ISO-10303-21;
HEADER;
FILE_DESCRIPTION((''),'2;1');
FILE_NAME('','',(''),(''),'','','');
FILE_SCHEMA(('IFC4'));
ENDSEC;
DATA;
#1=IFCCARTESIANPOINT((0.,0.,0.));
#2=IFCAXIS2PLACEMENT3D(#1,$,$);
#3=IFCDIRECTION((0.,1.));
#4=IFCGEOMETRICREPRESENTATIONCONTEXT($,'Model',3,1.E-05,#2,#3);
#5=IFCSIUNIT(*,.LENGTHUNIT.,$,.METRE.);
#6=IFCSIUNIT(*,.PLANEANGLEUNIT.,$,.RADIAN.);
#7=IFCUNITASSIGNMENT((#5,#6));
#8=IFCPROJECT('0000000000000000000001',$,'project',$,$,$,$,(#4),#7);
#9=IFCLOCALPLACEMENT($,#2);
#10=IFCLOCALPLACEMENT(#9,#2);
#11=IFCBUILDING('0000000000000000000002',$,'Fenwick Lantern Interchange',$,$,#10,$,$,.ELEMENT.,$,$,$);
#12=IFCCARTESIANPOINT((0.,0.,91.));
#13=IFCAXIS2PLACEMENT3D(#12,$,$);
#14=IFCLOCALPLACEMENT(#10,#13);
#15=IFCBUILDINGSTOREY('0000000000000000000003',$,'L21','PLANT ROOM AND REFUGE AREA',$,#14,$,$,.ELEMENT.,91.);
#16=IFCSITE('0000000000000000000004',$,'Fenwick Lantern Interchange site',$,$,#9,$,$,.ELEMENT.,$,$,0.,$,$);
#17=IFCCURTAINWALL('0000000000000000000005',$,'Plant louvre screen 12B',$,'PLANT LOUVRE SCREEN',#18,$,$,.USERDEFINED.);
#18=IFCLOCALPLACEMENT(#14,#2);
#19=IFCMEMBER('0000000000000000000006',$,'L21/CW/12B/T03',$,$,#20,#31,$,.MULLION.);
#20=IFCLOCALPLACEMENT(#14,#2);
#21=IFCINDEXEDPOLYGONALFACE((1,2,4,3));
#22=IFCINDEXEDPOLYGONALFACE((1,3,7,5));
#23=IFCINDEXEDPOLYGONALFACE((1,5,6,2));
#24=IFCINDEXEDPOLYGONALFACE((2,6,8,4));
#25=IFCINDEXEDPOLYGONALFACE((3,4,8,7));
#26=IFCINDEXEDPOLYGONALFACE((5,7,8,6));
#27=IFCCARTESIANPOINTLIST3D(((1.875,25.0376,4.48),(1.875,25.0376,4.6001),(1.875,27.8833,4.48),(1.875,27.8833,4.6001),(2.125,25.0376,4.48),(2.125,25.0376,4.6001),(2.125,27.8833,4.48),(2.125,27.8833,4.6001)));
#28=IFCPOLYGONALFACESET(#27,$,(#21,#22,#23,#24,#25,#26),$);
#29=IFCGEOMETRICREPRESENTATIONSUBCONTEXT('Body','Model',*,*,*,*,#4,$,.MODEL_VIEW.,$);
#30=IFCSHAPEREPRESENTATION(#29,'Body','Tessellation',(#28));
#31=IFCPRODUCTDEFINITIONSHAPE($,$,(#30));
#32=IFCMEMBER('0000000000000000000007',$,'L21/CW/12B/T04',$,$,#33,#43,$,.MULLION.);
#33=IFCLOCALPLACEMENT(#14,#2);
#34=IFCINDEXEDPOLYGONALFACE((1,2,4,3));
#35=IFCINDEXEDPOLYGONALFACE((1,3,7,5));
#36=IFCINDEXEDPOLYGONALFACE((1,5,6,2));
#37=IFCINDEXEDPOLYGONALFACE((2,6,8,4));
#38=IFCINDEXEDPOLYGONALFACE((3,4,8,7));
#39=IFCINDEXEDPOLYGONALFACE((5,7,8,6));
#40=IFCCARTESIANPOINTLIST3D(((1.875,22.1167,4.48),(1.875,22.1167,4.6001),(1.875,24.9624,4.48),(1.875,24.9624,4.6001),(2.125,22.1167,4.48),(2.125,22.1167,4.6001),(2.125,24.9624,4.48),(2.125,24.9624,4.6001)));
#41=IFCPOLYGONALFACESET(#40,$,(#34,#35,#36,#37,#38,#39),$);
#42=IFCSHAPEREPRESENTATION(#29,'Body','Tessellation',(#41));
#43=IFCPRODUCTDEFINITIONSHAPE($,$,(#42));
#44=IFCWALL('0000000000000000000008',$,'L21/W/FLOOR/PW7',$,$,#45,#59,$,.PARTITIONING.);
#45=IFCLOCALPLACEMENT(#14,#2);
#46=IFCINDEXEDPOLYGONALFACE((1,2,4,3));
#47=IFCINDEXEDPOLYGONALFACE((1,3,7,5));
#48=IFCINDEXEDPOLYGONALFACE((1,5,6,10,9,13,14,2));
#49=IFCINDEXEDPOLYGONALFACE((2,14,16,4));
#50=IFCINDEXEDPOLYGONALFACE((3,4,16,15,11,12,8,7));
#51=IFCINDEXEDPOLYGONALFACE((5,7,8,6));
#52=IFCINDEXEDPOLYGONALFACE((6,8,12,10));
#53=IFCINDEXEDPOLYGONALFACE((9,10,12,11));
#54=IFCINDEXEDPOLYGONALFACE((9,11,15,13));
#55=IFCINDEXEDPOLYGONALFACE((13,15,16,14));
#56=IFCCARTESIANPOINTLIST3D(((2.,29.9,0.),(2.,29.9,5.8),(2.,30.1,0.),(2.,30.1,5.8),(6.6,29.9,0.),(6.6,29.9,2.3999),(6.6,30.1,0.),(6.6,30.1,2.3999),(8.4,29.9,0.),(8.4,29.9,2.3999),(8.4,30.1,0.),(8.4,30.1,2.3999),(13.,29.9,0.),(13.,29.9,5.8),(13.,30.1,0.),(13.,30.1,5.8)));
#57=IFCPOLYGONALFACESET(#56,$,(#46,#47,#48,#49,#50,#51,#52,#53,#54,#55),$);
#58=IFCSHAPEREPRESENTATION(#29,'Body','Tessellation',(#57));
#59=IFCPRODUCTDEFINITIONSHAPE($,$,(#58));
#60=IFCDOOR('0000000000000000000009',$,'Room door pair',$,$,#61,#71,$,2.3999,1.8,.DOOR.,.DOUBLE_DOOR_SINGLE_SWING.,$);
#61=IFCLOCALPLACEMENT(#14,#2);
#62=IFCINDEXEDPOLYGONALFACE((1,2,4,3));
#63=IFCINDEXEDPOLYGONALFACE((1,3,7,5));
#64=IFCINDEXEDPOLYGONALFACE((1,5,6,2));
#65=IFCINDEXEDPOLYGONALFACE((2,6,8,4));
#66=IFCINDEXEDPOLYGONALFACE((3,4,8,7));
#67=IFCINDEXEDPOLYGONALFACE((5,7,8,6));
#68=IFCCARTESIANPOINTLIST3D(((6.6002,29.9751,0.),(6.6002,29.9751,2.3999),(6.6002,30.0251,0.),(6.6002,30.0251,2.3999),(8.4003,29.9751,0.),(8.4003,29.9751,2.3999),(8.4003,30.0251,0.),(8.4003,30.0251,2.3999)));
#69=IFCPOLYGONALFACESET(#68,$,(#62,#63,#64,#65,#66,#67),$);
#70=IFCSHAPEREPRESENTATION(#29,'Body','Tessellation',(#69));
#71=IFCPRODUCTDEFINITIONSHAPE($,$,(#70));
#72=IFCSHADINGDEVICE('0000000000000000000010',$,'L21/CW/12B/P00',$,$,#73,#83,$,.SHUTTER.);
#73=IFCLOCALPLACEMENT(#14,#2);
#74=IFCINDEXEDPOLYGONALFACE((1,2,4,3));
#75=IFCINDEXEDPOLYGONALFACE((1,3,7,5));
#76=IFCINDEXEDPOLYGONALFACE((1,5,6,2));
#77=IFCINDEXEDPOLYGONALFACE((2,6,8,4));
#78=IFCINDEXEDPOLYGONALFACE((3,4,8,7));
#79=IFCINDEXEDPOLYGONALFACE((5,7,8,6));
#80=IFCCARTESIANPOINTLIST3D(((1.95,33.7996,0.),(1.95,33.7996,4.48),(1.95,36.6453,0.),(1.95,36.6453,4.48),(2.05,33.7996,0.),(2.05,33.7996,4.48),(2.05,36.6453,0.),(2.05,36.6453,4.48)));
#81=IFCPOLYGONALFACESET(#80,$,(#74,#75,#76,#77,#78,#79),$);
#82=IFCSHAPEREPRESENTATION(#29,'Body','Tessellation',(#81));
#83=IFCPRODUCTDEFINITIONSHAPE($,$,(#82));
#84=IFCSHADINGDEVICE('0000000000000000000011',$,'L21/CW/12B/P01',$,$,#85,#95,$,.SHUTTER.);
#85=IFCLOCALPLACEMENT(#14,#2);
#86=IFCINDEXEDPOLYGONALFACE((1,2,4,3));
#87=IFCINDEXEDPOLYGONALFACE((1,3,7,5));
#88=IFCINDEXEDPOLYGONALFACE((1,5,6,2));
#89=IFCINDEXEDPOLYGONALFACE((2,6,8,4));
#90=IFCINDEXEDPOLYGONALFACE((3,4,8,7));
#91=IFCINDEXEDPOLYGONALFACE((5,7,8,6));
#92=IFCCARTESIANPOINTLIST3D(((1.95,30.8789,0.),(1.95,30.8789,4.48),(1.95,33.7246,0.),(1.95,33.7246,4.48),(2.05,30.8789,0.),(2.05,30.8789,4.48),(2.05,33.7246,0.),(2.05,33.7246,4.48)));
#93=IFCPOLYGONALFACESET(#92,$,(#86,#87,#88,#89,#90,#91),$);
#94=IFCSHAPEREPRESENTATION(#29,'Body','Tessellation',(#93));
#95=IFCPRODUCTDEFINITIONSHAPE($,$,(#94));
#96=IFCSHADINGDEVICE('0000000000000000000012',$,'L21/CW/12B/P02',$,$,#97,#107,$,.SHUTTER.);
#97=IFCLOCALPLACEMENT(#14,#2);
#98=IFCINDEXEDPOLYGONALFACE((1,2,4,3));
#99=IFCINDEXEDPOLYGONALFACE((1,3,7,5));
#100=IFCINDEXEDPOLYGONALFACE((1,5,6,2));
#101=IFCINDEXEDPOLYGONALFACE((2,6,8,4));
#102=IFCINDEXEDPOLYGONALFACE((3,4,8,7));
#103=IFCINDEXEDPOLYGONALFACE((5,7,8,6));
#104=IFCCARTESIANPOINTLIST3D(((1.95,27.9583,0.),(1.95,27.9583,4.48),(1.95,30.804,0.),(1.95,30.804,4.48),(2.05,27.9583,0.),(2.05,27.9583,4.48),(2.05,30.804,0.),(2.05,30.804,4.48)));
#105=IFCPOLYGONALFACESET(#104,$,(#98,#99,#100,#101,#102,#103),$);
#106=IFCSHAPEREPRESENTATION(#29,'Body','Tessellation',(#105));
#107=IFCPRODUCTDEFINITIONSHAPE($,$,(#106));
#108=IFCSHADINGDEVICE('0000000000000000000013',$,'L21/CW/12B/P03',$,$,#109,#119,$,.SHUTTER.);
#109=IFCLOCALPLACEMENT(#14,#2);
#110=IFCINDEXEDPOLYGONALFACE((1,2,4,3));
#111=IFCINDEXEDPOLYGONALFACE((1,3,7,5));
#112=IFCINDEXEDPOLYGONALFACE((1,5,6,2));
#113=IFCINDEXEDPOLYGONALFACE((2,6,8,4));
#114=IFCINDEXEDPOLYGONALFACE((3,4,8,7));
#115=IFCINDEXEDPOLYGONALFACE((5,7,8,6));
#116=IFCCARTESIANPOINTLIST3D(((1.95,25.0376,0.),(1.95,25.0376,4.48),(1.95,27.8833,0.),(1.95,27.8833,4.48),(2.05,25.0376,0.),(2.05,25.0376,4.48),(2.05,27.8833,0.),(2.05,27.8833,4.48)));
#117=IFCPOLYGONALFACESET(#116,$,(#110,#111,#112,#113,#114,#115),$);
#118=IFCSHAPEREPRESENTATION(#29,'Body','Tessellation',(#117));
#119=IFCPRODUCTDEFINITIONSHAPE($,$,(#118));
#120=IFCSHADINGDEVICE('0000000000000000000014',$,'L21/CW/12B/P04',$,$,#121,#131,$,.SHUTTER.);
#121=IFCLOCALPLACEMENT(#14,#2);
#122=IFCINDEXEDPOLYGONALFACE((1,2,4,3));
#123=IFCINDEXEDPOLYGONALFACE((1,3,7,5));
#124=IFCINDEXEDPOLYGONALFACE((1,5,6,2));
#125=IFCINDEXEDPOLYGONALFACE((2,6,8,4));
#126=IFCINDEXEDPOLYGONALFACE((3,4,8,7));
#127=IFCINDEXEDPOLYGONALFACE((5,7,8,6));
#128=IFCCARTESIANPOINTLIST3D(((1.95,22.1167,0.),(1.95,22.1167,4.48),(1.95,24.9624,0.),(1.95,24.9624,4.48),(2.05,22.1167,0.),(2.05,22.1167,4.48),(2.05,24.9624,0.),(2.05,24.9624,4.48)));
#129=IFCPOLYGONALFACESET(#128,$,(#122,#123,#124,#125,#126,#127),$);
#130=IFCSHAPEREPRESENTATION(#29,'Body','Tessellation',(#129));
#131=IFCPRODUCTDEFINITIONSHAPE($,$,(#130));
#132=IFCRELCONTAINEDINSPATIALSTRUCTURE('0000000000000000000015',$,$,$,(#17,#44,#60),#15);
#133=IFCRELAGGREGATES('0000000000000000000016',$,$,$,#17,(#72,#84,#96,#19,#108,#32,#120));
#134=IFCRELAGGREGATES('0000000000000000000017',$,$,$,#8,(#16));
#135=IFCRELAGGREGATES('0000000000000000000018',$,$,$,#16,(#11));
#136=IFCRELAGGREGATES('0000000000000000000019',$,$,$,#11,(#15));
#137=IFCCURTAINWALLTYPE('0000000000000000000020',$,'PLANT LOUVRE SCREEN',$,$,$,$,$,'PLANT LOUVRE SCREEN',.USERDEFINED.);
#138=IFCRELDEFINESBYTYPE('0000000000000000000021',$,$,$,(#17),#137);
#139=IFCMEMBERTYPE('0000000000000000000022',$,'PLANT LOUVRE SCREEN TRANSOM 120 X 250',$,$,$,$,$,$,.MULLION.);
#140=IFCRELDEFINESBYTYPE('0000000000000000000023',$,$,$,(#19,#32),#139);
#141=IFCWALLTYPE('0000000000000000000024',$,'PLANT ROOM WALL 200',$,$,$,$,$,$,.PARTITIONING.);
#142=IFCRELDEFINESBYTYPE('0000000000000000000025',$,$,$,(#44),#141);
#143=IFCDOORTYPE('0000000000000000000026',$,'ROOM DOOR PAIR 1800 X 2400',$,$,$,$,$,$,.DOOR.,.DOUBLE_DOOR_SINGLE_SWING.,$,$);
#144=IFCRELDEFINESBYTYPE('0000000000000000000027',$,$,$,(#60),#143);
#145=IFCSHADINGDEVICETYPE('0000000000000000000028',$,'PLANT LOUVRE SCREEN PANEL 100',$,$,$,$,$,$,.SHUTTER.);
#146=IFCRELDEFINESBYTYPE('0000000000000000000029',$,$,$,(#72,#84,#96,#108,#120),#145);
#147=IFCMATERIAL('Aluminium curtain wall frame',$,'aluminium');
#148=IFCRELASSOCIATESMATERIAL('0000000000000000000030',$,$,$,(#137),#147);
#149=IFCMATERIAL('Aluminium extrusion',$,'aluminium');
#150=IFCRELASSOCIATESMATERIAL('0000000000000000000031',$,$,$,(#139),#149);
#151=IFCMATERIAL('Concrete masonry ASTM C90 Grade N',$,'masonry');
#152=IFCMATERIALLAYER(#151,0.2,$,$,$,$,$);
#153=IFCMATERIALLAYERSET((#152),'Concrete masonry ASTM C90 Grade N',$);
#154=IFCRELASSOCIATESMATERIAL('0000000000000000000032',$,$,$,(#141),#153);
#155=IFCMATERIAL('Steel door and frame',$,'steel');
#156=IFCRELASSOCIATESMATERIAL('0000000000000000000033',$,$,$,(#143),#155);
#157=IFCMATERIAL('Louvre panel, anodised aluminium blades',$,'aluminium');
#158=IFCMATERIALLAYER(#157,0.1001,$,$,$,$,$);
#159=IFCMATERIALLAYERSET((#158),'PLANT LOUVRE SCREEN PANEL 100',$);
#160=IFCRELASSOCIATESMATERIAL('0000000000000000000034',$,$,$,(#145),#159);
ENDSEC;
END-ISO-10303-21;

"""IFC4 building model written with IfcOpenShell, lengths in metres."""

from ifc_helpers import new_model, si_unit, direction, frame, frame_2d, origin, origin_2d, place, context, subcontext, project, spatial, rectangle, extrude, material, layer, layer_set, material_profile, profile_set, type_object, element, fill, aggregate, save


model = new_model("IFC4")

# Units and contexts
model_context = context("Model", 3, precision=1e-05, world=origin(), true_north=direction((0.0, 1.0)))
body_context = subcontext(model_context, "Body", "Model", "MODEL_VIEW")
ifc_project = project(units=[si_unit("LENGTHUNIT", "METRE"), si_unit("PLANEANGLEUNIT", "RADIAN")], contexts=[model_context])

# Site, building, storey
site_placement = place(None, origin())
site = spatial("IfcSite", under=ifc_project, at=site_placement, Name="Fenwick Lantern Interchange site", CompositionType="ELEMENT", RefElevation=0.0)
building_placement = place(site_placement, origin())
building = spatial("IfcBuilding", under=site, at=building_placement, Name="Fenwick Lantern Interchange", CompositionType="ELEMENT")
storey_placement = place(building_placement, frame((0.0, 0.0, 91.0)))
storey = spatial("IfcBuildingStorey", under=building, at=storey_placement, Name="L21", Description="PLANT ROOM AND REFUGE AREA", CompositionType="ELEMENT", Elevation=91.0)

# Curtain wall, members
ifc_material_1 = material(Name="Aluminium curtain wall frame", Category="aluminium")
curtain_wall_type = type_object("IfcCurtainWallType", Name="PLANT LOUVRE SCREEN", ElementType="PLANT LOUVRE SCREEN", PredefinedType="USERDEFINED", material=ifc_material_1)
curtain_wall_placement = place(storey_placement, origin())
curtain_wall = element("IfcCurtainWall", 1, at=curtain_wall_placement, inside=storey, type_object=curtain_wall_type, Name="Plant louvre screen 12B", ObjectType="PLANT LOUVRE SCREEN", PredefinedType="USERDEFINED")
ifc_material_2 = material(Name="Aluminium extrusion", Category="aluminium")
ifc_material_profile_1 = material_profile(ifc_material_2, rectangle(XDim=0.25, YDim=0.1201, at=origin_2d()), Name="PLANT LOUVRE SCREEN TRANSOM 120 X 250")
ifc_profile_set_1 = profile_set([ifc_material_profile_1], Name="Aluminium extrusion")
member_type_1 = type_object("IfcMemberType", Name="PLANT LOUVRE SCREEN TRANSOM 120 X 250", PredefinedType="MULLION", material=ifc_profile_set_1)
member_1_placement = place(storey_placement, frame((2.0, 27.8833, 4.54), z_axis=(0.0, -1.0, 0.0), x_axis=(1.0, 0.0, 0.0)))
member_1 = element("IfcMember", 2, at=member_1_placement, type_object=member_type_1, Name="L21/CW/12B/T03", PredefinedType="MULLION", context=body_context, shape_type="SweptSolid", body=[
    extrude(rectangle(XDim=0.25, YDim=0.1201, at=origin_2d()), origin(), (0.0, 0.0, 1.0), 2.8457),
])
member_2_placement = place(storey_placement, frame((2.0, 24.9624, 4.54), z_axis=(0.0, -1.0, 0.0), x_axis=(1.0, 0.0, 0.0)))
member_2 = element("IfcMember", 3, at=member_2_placement, type_object=member_type_1, Name="L21/CW/12B/T04", PredefinedType="MULLION", context=body_context, shape_type="SweptSolid", body=[
    extrude(rectangle(XDim=0.25, YDim=0.1201, at=origin_2d()), origin(), (0.0, 0.0, 1.0), 2.8457),
])

# Wall, opening, door
ifc_material_3 = material(Name="Concrete masonry ASTM C90 Grade N", Category="masonry")
ifc_layer_1 = layer(ifc_material_3, 0.2)
ifc_layer_set_1 = layer_set([ifc_layer_1], Name="Concrete masonry ASTM C90 Grade N")
wall_type = type_object("IfcWallType", Name="PLANT ROOM WALL 200", PredefinedType="PARTITIONING", material=ifc_layer_set_1)
wall_placement = place(storey_placement, frame((2.0, 30.0, 0.0), z_axis=(0.0, 0.0, 1.0), x_axis=(1.0, 0.0, 0.0)))
wall = element("IfcWall", 4, at=wall_placement, inside=storey, type_object=wall_type, Name="L21/W/FLOOR/PW7", PredefinedType="PARTITIONING", context=body_context, shape_type="SweptSolid", body=[
    extrude(rectangle(XDim=11.0, YDim=0.2, at=frame_2d((5.5, 0.0))), origin(), (0.0, 0.0, 1.0), 5.8),
])
opening_placement = place(wall_placement, frame((4.6001, 0.0, 0.0)))
opening = element("IfcOpeningElement", 5, at=opening_placement, cuts=wall, PredefinedType="OPENING", context=body_context, shape_type="SweptSolid", body=[
    extrude(rectangle(XDim=1.8, YDim=2.3999, at=frame_2d((0.8999, 1.2))), frame((0.0, 0.1099, 0.0), z_axis=(0.0, -1.0, 0.0), x_axis=(1.0, 0.0, 0.0)), (0.0, 0.0, 1.0), 0.22),
])
ifc_material_4 = material(Name="Steel door and frame", Category="steel")
door_type = type_object("IfcDoorType", Name="ROOM DOOR PAIR 1800 X 2400", OperationType="DOUBLE_DOOR_SINGLE_SWING", PredefinedType="DOOR", material=ifc_material_4)
door_placement = place(opening_placement, frame((1.8, 0.0, 0.0), z_axis=(0.0, 0.0, 1.0), x_axis=(-1.0, 0.0, 0.0)))
door = element("IfcDoor", 6, at=door_placement, inside=storey, type_object=door_type, Name="Room door pair", OperationType="DOUBLE_DOOR_SINGLE_SWING", OverallHeight=2.3999, OverallWidth=1.8, PredefinedType="DOOR", context=body_context, shape_type="SweptSolid", body=[
    extrude(rectangle(XDim=1.8, YDim=2.3999, at=frame_2d((0.8999, 1.2))), frame((0.0, 0.0249, 0.0), z_axis=(0.0, -1.0, 0.0), x_axis=(1.0, 0.0, 0.0)), (0.0, 0.0, 1.0), 0.05),
])
fill(opening, door)

# Shading devices
ifc_material_5 = material(Name="Louvre panel, anodised aluminium blades", Category="aluminium")
ifc_layer_2 = layer(ifc_material_5, 0.1001)
ifc_layer_set_2 = layer_set([ifc_layer_2], Name="PLANT LOUVRE SCREEN PANEL 100")
shading_device_type = type_object("IfcShadingDeviceType", Name="PLANT LOUVRE SCREEN PANEL 100", PredefinedType="SHUTTER", material=ifc_layer_set_2)
shading_device_1_placement = place(storey_placement, frame((2.0, 35.2224, 0.0), z_axis=(0.0, 0.0, 1.0), x_axis=(0.0, -1.0, 0.0)))
shading_device_1 = element("IfcShadingDevice", 7, at=shading_device_1_placement, type_object=shading_device_type, Name="L21/CW/12B/P00", PredefinedType="SHUTTER", context=body_context, shape_type="SweptSolid", body=[
    extrude(rectangle(XDim=2.8457, YDim=0.1001, at=origin_2d()), origin(), (0.0, 0.0, 1.0), 4.48),
])
shading_device_2_placement = place(storey_placement, frame((2.0, 32.3018, 0.0), z_axis=(0.0, 0.0, 1.0), x_axis=(0.0, -1.0, 0.0)))
shading_device_2 = element("IfcShadingDevice", 8, at=shading_device_2_placement, type_object=shading_device_type, Name="L21/CW/12B/P01", PredefinedType="SHUTTER", context=body_context, shape_type="SweptSolid", body=[
    extrude(rectangle(XDim=2.8457, YDim=0.1001, at=origin_2d()), origin(), (0.0, 0.0, 1.0), 4.48),
])
shading_device_3_placement = place(storey_placement, frame((2.0, 29.3811, 0.0), z_axis=(0.0, 0.0, 1.0), x_axis=(0.0, -1.0, 0.0)))
shading_device_3 = element("IfcShadingDevice", 9, at=shading_device_3_placement, type_object=shading_device_type, Name="L21/CW/12B/P02", PredefinedType="SHUTTER", context=body_context, shape_type="SweptSolid", body=[
    extrude(rectangle(XDim=2.8457, YDim=0.1001, at=origin_2d()), origin(), (0.0, 0.0, 1.0), 4.48),
])
shading_device_4_placement = place(storey_placement, frame((2.0, 26.4604, 0.0), z_axis=(0.0, 0.0, 1.0), x_axis=(0.0, -1.0, 0.0)))
shading_device_4 = element("IfcShadingDevice", 10, at=shading_device_4_placement, type_object=shading_device_type, Name="L21/CW/12B/P03", PredefinedType="SHUTTER", context=body_context, shape_type="SweptSolid", body=[
    extrude(rectangle(XDim=2.8457, YDim=0.1001, at=origin_2d()), origin(), (0.0, 0.0, 1.0), 4.48),
])
shading_device_5_placement = place(storey_placement, frame((2.0, 23.5396, 0.0), z_axis=(0.0, 0.0, 1.0), x_axis=(0.0, -1.0, 0.0)))
shading_device_5 = element("IfcShadingDevice", 11, at=shading_device_5_placement, type_object=shading_device_type, Name="L21/CW/12B/P04", PredefinedType="SHUTTER", context=body_context, shape_type="SweptSolid", body=[
    extrude(rectangle(XDim=2.8457, YDim=0.1001, at=origin_2d()), origin(), (0.0, 0.0, 1.0), 4.48),
])
aggregate(curtain_wall, [shading_device_1, shading_device_2, shading_device_3, member_1, shading_device_4, member_2, shading_device_5])

save(model, "model.ifc")
